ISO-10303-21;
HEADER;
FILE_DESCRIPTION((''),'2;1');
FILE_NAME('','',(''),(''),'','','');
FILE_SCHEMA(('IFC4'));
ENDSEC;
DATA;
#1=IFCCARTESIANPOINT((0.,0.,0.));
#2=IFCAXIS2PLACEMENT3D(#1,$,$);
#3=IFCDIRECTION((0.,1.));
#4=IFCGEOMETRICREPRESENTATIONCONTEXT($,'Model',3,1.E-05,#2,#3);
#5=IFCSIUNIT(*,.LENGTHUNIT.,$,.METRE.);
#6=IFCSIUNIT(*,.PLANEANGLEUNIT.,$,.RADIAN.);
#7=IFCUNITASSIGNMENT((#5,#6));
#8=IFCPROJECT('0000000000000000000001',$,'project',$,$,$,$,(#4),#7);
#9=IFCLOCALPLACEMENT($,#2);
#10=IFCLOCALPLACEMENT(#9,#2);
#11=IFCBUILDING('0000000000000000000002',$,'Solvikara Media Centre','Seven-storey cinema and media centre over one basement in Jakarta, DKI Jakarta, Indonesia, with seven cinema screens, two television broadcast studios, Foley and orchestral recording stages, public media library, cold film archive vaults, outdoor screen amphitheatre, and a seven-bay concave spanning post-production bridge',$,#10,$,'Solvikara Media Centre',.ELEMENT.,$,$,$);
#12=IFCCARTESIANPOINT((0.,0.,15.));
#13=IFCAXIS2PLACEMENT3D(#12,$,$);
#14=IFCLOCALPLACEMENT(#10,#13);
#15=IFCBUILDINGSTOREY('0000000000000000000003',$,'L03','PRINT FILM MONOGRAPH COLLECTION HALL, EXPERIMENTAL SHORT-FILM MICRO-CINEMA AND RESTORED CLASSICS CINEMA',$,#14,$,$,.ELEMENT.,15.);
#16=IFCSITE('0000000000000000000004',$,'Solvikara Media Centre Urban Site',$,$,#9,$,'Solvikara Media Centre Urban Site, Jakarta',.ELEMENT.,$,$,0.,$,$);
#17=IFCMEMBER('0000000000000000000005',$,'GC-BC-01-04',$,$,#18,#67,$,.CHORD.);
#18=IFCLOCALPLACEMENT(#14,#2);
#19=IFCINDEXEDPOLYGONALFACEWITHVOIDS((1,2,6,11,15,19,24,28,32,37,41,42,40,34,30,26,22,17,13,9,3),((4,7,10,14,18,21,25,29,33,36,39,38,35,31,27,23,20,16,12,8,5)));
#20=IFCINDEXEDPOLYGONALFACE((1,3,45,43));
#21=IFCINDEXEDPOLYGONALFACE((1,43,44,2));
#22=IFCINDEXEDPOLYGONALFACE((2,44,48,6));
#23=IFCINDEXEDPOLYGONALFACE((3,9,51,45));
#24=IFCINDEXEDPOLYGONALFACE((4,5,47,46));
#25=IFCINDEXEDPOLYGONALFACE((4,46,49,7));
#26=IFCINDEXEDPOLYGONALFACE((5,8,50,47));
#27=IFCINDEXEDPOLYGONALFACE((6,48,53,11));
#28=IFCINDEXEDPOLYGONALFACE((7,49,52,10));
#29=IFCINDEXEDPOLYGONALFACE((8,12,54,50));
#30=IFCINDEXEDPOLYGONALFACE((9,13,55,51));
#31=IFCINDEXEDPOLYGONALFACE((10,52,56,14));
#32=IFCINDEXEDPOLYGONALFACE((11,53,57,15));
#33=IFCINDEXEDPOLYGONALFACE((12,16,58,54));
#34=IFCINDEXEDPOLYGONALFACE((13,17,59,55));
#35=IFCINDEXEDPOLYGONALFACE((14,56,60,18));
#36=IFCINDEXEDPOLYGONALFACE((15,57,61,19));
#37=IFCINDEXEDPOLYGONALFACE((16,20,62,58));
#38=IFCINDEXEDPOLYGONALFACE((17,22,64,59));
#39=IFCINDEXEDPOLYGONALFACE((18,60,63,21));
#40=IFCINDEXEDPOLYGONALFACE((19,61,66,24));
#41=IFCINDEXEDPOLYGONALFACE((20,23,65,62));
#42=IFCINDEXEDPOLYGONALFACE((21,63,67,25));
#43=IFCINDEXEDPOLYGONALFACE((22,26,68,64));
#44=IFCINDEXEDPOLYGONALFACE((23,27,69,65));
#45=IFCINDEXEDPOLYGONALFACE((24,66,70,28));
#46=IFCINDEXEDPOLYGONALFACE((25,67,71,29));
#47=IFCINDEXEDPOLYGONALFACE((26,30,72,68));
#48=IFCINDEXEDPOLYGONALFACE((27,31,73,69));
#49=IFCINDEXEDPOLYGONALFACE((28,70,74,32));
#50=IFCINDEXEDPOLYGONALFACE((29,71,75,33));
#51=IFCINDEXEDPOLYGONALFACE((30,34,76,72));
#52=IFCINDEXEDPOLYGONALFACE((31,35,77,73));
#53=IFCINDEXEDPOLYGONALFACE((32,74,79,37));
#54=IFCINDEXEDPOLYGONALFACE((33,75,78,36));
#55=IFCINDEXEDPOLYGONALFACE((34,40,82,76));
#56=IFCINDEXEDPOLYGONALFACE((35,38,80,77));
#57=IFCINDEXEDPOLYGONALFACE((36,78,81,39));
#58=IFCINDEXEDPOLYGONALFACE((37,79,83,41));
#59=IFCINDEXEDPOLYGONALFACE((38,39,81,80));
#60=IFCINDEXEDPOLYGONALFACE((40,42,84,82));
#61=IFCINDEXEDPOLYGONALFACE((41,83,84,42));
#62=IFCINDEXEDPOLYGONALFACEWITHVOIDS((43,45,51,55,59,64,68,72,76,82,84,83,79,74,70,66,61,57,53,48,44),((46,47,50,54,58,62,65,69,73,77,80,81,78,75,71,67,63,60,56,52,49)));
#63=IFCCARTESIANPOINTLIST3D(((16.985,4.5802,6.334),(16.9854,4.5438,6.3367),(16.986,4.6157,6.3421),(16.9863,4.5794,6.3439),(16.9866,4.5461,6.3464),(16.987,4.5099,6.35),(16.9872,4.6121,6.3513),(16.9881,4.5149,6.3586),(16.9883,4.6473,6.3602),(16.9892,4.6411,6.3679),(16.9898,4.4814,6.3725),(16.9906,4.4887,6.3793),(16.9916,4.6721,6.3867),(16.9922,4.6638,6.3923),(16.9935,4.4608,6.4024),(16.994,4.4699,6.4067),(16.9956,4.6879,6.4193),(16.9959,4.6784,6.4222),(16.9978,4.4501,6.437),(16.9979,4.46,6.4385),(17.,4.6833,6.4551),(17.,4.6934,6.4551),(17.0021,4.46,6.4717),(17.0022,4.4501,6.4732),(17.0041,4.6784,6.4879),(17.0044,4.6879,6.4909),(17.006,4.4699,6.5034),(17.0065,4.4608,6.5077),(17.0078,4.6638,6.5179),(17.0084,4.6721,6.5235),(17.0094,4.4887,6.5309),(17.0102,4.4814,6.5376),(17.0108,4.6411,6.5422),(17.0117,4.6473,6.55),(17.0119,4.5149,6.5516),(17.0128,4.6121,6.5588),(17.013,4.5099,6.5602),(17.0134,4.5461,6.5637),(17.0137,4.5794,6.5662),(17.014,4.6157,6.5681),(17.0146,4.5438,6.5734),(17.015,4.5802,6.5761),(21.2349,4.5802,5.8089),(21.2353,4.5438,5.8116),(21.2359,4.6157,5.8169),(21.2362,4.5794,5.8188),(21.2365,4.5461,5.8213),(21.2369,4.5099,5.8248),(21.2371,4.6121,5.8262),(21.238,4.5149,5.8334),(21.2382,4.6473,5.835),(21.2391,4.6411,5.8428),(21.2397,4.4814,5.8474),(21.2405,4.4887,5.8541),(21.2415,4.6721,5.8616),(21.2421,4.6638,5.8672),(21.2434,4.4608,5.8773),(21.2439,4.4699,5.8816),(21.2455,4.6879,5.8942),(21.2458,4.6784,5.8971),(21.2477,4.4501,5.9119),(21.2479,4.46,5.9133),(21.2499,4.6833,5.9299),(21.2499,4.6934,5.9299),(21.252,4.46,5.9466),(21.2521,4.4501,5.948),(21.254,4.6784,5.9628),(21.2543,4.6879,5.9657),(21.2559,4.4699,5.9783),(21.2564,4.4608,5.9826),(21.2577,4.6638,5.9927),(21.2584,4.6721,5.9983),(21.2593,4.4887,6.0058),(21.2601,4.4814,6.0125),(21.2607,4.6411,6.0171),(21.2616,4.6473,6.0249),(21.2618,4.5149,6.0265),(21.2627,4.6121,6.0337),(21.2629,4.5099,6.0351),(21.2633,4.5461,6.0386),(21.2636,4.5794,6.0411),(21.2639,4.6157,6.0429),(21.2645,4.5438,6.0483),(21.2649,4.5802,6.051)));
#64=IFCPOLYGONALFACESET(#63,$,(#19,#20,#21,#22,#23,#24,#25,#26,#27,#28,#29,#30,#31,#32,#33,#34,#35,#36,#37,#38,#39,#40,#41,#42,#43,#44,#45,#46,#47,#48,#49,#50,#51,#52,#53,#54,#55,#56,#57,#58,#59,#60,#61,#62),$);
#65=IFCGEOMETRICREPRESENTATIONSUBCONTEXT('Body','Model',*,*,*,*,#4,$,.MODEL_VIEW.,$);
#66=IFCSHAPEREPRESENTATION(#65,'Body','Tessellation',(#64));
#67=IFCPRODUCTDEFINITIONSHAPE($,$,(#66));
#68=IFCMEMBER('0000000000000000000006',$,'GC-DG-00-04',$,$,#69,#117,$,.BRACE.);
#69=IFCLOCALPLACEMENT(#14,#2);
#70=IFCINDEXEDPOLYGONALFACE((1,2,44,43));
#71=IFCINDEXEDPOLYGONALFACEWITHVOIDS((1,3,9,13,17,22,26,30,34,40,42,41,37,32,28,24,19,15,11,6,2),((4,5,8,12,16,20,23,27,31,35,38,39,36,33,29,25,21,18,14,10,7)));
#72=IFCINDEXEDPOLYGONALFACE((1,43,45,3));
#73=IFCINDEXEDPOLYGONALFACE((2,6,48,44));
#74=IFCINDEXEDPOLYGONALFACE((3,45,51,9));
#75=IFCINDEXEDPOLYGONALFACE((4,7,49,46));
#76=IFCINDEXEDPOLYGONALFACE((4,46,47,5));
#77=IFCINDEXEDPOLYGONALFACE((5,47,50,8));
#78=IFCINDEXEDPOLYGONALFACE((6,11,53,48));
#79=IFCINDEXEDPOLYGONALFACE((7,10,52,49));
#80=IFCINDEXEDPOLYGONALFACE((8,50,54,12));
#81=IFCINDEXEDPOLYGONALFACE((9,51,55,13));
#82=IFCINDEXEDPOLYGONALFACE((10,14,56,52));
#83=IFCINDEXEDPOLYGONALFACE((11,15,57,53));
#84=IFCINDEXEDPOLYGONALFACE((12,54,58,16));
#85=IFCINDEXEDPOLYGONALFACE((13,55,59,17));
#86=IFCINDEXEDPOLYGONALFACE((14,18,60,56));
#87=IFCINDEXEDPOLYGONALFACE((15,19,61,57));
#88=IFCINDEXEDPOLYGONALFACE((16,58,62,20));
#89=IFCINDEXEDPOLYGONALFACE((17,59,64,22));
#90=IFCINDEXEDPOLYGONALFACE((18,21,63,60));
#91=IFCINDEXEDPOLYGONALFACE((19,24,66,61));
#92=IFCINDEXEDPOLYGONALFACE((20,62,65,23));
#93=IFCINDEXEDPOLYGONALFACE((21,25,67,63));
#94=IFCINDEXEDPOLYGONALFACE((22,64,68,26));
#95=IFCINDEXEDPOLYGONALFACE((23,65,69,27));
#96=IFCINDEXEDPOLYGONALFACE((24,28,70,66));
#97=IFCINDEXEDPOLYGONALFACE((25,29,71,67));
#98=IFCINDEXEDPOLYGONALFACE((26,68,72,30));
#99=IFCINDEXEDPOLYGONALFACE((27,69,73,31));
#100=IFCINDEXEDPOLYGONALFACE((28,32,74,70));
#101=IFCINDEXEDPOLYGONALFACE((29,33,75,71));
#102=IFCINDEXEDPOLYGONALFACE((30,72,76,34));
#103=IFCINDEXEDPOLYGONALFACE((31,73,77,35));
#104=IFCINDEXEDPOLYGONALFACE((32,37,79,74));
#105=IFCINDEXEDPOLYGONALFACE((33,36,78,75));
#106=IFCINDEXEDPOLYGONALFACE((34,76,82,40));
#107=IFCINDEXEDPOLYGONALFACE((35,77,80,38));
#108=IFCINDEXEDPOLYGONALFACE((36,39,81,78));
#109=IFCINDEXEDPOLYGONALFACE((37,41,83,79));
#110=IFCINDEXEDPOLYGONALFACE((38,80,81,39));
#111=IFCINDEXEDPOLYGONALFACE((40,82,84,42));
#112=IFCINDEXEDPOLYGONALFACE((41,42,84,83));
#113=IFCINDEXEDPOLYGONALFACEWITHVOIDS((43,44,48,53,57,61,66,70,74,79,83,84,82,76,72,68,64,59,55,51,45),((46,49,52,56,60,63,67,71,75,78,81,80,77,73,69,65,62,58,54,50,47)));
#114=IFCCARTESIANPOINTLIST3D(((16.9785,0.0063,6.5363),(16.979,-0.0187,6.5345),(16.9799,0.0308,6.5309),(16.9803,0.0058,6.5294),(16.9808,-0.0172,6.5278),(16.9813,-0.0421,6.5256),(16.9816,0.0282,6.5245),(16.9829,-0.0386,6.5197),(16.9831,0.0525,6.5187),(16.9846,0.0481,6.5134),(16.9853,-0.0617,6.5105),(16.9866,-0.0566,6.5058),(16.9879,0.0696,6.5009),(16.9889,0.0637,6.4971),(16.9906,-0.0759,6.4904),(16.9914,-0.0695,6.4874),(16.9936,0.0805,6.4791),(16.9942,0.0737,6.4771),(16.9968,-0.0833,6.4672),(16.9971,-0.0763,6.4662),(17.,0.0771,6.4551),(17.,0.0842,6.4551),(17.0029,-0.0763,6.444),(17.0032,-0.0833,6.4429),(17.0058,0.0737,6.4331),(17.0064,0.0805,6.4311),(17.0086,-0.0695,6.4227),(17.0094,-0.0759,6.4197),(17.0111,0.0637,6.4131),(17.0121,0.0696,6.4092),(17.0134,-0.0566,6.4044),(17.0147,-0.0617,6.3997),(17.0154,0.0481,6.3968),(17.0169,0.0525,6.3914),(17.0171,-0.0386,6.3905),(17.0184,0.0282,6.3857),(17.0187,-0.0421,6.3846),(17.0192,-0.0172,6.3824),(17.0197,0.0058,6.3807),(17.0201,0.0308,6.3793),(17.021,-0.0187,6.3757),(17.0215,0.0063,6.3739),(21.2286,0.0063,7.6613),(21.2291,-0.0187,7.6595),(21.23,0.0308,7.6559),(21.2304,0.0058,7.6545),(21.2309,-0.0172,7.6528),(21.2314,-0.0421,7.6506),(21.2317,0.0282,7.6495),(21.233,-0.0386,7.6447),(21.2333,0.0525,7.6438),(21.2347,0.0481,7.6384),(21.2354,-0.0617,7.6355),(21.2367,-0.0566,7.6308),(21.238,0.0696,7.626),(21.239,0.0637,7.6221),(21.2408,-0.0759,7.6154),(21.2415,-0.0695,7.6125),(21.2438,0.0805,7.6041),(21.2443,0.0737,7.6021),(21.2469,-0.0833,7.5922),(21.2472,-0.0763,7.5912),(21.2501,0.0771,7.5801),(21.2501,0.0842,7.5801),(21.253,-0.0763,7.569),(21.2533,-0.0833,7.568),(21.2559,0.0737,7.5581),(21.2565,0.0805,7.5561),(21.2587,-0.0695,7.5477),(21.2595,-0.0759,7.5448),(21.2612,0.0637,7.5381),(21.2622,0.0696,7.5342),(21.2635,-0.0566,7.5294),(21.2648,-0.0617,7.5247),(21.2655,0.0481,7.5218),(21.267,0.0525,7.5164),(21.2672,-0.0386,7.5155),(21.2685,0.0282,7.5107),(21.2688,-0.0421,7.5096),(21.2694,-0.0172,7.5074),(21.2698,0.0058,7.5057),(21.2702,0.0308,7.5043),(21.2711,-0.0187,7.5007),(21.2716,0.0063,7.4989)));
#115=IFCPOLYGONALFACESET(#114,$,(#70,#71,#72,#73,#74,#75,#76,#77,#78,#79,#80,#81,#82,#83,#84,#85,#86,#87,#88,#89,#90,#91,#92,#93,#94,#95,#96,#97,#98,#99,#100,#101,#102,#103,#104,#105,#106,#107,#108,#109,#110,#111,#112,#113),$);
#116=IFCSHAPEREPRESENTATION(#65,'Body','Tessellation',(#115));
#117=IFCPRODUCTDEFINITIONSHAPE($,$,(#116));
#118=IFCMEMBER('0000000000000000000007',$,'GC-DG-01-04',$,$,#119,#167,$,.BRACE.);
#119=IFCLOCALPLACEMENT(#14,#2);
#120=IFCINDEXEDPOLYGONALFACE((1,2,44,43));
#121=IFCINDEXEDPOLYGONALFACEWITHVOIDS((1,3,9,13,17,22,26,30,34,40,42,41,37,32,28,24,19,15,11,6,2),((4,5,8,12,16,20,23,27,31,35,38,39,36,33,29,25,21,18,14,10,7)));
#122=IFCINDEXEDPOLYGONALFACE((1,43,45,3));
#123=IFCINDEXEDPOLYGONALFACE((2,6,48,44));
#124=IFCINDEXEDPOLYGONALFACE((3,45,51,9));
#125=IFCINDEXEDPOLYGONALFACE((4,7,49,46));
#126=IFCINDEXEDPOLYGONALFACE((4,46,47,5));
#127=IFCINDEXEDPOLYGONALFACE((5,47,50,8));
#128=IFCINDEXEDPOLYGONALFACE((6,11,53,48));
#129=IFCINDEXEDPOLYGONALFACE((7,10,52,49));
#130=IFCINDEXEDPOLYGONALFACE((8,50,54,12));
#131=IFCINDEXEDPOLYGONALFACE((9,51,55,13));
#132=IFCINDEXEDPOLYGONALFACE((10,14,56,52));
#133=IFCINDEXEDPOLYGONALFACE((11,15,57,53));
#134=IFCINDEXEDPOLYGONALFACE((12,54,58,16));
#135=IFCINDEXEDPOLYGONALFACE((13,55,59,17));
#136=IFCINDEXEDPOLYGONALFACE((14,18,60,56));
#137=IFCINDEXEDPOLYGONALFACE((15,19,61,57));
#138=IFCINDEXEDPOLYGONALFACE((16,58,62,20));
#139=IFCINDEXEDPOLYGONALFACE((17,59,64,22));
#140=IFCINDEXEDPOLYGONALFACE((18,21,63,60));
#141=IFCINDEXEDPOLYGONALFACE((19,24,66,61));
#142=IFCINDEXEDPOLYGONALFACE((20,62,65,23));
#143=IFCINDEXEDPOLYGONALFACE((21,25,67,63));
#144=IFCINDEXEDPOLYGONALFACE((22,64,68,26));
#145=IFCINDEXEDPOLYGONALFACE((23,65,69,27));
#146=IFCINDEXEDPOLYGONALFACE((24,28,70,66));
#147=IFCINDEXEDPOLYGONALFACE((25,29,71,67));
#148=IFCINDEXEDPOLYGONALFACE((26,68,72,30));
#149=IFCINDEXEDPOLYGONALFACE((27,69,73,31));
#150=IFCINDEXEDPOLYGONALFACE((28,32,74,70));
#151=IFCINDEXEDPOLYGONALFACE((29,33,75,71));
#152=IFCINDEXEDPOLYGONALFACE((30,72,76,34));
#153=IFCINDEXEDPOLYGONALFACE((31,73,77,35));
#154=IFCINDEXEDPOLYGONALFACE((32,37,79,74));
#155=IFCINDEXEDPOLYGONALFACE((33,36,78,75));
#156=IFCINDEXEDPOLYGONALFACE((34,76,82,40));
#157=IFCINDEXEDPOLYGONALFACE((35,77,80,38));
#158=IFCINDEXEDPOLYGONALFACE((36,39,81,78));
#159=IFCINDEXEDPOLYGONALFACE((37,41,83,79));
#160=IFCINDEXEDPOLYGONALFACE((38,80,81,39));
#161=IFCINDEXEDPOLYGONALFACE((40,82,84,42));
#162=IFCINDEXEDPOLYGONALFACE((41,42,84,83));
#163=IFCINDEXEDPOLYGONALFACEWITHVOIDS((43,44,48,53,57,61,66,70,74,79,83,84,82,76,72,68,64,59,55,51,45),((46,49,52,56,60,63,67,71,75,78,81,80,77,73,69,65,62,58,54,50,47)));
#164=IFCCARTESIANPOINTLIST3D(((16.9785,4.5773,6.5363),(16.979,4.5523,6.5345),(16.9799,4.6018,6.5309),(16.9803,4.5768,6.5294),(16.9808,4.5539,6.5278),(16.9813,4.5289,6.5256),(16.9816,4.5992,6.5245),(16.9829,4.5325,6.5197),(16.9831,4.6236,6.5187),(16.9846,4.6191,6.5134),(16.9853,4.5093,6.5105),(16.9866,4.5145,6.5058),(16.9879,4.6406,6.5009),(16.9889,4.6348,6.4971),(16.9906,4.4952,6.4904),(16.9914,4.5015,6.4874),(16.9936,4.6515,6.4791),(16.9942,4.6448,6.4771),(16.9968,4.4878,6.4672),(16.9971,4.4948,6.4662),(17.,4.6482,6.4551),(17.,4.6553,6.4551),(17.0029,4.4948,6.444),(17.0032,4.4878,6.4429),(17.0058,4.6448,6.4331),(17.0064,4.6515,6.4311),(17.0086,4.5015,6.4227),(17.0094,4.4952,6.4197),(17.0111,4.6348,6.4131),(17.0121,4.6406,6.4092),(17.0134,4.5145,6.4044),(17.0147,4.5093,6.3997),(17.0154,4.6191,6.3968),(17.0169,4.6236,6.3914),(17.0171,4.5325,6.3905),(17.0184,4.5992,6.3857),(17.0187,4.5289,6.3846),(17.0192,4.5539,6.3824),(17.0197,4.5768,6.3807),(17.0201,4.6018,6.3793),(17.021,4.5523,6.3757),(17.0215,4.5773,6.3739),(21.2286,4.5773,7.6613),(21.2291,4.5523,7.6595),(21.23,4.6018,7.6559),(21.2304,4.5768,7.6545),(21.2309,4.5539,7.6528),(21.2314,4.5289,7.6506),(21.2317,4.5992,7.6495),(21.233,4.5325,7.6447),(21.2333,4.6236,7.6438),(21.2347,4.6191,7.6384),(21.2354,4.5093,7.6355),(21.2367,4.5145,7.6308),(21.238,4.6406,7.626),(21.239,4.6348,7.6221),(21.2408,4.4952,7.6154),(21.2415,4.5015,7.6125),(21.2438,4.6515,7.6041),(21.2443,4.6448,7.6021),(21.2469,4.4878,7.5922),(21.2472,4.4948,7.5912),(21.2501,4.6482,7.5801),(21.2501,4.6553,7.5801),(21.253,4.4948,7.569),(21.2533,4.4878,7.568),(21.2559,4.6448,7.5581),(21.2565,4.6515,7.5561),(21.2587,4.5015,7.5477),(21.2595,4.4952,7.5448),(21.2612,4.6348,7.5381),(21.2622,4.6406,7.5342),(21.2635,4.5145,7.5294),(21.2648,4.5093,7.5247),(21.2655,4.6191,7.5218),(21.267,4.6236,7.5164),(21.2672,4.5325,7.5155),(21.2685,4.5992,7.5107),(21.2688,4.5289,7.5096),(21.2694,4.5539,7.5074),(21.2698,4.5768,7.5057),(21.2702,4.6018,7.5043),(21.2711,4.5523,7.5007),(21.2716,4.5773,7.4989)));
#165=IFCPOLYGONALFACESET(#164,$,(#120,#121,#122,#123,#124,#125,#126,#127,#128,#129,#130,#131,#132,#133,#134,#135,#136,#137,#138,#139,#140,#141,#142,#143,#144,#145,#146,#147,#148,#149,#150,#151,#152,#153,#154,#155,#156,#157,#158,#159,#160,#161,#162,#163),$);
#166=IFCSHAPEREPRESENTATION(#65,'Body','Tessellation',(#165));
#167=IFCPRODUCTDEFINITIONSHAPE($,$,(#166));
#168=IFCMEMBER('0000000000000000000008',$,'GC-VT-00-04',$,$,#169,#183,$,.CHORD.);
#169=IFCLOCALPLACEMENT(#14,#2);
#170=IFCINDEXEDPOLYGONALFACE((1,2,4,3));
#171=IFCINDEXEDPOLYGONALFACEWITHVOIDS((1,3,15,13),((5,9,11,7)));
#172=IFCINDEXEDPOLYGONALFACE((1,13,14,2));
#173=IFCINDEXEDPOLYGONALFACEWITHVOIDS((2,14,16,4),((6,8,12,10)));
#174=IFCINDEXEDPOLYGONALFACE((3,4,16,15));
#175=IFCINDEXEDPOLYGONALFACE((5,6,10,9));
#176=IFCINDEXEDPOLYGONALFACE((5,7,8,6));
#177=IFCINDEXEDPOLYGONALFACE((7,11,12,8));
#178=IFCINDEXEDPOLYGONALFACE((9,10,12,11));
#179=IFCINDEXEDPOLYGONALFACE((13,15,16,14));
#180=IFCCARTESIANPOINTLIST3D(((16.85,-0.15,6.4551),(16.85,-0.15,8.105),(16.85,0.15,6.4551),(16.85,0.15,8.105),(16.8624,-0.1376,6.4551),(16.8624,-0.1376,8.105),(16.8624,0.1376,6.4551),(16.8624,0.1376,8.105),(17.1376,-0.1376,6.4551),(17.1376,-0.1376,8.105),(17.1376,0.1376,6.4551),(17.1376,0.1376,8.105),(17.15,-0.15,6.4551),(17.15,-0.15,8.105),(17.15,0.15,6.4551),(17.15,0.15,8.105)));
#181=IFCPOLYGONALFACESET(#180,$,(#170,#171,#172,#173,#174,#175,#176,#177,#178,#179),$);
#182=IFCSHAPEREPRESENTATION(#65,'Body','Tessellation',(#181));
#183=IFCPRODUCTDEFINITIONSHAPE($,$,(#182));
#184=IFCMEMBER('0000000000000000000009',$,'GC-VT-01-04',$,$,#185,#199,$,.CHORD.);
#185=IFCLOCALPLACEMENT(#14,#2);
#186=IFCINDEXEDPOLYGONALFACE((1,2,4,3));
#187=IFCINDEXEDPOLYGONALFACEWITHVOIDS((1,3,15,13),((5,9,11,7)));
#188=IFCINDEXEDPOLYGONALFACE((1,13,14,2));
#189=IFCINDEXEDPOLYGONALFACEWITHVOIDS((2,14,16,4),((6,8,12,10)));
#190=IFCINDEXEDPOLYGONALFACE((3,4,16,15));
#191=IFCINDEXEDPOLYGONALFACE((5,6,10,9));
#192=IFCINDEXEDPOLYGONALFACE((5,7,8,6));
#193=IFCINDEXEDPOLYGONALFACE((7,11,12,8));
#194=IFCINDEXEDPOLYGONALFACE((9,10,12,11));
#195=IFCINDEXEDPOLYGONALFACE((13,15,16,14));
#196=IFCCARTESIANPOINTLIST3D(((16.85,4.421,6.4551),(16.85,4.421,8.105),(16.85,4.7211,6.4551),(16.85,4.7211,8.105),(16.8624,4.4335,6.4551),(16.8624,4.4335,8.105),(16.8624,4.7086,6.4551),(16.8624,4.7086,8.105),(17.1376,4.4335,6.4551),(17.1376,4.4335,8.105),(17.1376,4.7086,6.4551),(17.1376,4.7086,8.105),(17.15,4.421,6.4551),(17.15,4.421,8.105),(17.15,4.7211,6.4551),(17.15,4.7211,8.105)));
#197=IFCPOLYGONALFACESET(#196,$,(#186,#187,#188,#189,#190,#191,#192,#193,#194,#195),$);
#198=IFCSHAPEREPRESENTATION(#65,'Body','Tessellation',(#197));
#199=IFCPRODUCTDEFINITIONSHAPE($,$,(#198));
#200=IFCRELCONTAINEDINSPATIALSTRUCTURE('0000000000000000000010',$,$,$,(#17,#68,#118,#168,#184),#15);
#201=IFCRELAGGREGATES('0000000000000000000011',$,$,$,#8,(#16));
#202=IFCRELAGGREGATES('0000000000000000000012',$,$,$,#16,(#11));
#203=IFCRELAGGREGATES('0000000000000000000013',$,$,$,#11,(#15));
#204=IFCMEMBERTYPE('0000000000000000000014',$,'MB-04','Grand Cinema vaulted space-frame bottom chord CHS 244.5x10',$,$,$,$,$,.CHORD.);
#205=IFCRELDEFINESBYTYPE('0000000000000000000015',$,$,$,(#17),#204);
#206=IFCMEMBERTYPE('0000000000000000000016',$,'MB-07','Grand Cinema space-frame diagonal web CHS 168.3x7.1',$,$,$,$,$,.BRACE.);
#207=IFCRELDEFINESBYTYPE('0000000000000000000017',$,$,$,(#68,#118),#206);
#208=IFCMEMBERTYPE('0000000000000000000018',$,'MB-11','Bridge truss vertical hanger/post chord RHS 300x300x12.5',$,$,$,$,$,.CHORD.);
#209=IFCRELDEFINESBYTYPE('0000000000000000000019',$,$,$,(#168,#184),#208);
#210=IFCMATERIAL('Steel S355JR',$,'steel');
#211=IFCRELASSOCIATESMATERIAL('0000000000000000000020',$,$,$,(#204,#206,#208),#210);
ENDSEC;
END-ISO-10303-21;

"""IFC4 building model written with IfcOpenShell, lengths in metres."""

from ifc_helpers import new_model, si_unit, direction, frame, origin, origin_2d, place, context, subcontext, project, spatial, hollow_rectangle, hollow_circle, extrude, material, material_profile, profile_set, type_object, element, save


model = new_model("IFC4")

# Units and contexts
model_context = context("Model", 3, precision=1e-05, world=origin(), true_north=direction((0.0, 1.0)))
body_context = subcontext(model_context, "Body", "Model", "MODEL_VIEW")
ifc_project = project(units=[si_unit("LENGTHUNIT", "METRE"), si_unit("PLANEANGLEUNIT", "RADIAN")], contexts=[model_context])

# Site, building, storey
site_placement = place(None, origin())
site = spatial("IfcSite", under=ifc_project, at=site_placement, Name="Solvikara Media Centre Urban Site", LongName="Solvikara Media Centre Urban Site, Jakarta", CompositionType="ELEMENT", RefElevation=0.0)
building_placement = place(site_placement, origin())
building = spatial("IfcBuilding", under=site, at=building_placement, Name="Solvikara Media Centre", Description="Seven-storey cinema and media centre over one basement in Jakarta, DKI Jakarta, Indonesia, with seven cinema screens, two television broadcast studios, Foley and orchestral recording stages, public media library, cold film archive vaults, outdoor screen amphitheatre, and a seven-bay concave spanning post-production bridge", LongName="Solvikara Media Centre", CompositionType="ELEMENT")
storey_placement = place(building_placement, frame((0.0, 0.0, 15.0)))
storey = spatial("IfcBuildingStorey", under=building, at=storey_placement, Name="L03", Description="PRINT FILM MONOGRAPH COLLECTION HALL, EXPERIMENTAL SHORT-FILM MICRO-CINEMA AND RESTORED CLASSICS CINEMA", CompositionType="ELEMENT", Elevation=15.0)

# Shared definitions
ifc_material_1 = material(Name="Steel S355JR", Category="steel")

# Members
ifc_material_profile_1 = material_profile(ifc_material_1, hollow_circle(Radius=0.1223, WallThickness=0.01, at=origin_2d()), Name="CHS 244.5x10")
ifc_profile_set_1 = profile_set([ifc_material_profile_1], Name="Steel S355JR")
member_type_1 = type_object("IfcMemberType", Name="MB-04", Description="Grand Cinema vaulted space-frame bottom chord CHS 244.5x10", PredefinedType="CHORD", material=ifc_profile_set_1)
for number, where, z_axis, x_axis, name in (
    (1, (17.0, 4.571, 6.4551), (0.992452, 0.0, -0.122631), (0.0, 1.0, 0.0), "GC-BC-01-04"),
):
    element("IfcMember", number, at=place(storey_placement, frame(where, z_axis=z_axis, x_axis=x_axis)), inside=storey, type_object=member_type_1, Name=name, PredefinedType="CHORD", context=body_context, shape_type="SweptSolid", body=[
        extrude(hollow_circle(Radius=0.1223, WallThickness=0.01, at=origin_2d()), origin(), (0.0, 0.0, 1.0), 4.2822),
    ])
ifc_material_profile_2 = material_profile(ifc_material_1, hollow_circle(Radius=0.0842, WallThickness=0.0071, at=origin_2d()), Name="CHS 168.3x7.1")
ifc_profile_set_2 = profile_set([ifc_material_profile_2], Name="Steel S355JR")
member_type_2 = type_object("IfcMemberType", Name="MB-07", Description="Grand Cinema space-frame diagonal web CHS 168.3x7.1", PredefinedType="BRACE", material=ifc_profile_set_2)
for number, where, z_axis, x_axis, name in (
    (2, (17.0, 0.0, 6.4551), (0.966705, 0.0, 0.255893), (0.0, 1.0, 0.0), "GC-DG-00-04"),
    (3, (17.0, 4.571, 6.4551), (0.966705, 0.0, 0.255893), (0.0, 1.0, 0.0), "GC-DG-01-04"),
):
    element("IfcMember", number, at=place(storey_placement, frame(where, z_axis=z_axis, x_axis=x_axis)), inside=storey, type_object=member_type_2, Name=name, PredefinedType="BRACE", context=body_context, shape_type="SweptSolid", body=[
        extrude(hollow_circle(Radius=0.0842, WallThickness=0.0071, at=origin_2d()), origin(), (0.0, 0.0, 1.0), 4.3965),
    ])
ifc_material_profile_3 = material_profile(ifc_material_1, hollow_rectangle(XDim=0.3, YDim=0.3, WallThickness=0.0125, at=origin_2d()), Name="RHS 300x300x12.5")
ifc_profile_set_3 = profile_set([ifc_material_profile_3], Name="Steel S355JR")
member_type_3 = type_object("IfcMemberType", Name="MB-11", Description="Bridge truss vertical hanger/post chord RHS 300x300x12.5", PredefinedType="CHORD", material=ifc_profile_set_3)
for number, where, z_axis, x_axis, name in (
    (4, (17.0, 0.0, 6.4551), (0.0, 0.0, 1.0), (1.0, 0.0, 0.0), "GC-VT-00-04"),
    (5, (17.0, 4.571, 6.4551), (0.0, 0.0, 1.0), (1.0, 0.0, 0.0), "GC-VT-01-04"),
):
    element("IfcMember", number, at=place(storey_placement, frame(where, z_axis=z_axis, x_axis=x_axis)), inside=storey, type_object=member_type_3, Name=name, PredefinedType="CHORD", context=body_context, shape_type="SweptSolid", body=[
        extrude(hollow_rectangle(XDim=0.3, YDim=0.3, WallThickness=0.0125, at=origin_2d()), origin(), (0.0, 0.0, 1.0), 1.6499),
    ])

save(model, "model.ifc")
